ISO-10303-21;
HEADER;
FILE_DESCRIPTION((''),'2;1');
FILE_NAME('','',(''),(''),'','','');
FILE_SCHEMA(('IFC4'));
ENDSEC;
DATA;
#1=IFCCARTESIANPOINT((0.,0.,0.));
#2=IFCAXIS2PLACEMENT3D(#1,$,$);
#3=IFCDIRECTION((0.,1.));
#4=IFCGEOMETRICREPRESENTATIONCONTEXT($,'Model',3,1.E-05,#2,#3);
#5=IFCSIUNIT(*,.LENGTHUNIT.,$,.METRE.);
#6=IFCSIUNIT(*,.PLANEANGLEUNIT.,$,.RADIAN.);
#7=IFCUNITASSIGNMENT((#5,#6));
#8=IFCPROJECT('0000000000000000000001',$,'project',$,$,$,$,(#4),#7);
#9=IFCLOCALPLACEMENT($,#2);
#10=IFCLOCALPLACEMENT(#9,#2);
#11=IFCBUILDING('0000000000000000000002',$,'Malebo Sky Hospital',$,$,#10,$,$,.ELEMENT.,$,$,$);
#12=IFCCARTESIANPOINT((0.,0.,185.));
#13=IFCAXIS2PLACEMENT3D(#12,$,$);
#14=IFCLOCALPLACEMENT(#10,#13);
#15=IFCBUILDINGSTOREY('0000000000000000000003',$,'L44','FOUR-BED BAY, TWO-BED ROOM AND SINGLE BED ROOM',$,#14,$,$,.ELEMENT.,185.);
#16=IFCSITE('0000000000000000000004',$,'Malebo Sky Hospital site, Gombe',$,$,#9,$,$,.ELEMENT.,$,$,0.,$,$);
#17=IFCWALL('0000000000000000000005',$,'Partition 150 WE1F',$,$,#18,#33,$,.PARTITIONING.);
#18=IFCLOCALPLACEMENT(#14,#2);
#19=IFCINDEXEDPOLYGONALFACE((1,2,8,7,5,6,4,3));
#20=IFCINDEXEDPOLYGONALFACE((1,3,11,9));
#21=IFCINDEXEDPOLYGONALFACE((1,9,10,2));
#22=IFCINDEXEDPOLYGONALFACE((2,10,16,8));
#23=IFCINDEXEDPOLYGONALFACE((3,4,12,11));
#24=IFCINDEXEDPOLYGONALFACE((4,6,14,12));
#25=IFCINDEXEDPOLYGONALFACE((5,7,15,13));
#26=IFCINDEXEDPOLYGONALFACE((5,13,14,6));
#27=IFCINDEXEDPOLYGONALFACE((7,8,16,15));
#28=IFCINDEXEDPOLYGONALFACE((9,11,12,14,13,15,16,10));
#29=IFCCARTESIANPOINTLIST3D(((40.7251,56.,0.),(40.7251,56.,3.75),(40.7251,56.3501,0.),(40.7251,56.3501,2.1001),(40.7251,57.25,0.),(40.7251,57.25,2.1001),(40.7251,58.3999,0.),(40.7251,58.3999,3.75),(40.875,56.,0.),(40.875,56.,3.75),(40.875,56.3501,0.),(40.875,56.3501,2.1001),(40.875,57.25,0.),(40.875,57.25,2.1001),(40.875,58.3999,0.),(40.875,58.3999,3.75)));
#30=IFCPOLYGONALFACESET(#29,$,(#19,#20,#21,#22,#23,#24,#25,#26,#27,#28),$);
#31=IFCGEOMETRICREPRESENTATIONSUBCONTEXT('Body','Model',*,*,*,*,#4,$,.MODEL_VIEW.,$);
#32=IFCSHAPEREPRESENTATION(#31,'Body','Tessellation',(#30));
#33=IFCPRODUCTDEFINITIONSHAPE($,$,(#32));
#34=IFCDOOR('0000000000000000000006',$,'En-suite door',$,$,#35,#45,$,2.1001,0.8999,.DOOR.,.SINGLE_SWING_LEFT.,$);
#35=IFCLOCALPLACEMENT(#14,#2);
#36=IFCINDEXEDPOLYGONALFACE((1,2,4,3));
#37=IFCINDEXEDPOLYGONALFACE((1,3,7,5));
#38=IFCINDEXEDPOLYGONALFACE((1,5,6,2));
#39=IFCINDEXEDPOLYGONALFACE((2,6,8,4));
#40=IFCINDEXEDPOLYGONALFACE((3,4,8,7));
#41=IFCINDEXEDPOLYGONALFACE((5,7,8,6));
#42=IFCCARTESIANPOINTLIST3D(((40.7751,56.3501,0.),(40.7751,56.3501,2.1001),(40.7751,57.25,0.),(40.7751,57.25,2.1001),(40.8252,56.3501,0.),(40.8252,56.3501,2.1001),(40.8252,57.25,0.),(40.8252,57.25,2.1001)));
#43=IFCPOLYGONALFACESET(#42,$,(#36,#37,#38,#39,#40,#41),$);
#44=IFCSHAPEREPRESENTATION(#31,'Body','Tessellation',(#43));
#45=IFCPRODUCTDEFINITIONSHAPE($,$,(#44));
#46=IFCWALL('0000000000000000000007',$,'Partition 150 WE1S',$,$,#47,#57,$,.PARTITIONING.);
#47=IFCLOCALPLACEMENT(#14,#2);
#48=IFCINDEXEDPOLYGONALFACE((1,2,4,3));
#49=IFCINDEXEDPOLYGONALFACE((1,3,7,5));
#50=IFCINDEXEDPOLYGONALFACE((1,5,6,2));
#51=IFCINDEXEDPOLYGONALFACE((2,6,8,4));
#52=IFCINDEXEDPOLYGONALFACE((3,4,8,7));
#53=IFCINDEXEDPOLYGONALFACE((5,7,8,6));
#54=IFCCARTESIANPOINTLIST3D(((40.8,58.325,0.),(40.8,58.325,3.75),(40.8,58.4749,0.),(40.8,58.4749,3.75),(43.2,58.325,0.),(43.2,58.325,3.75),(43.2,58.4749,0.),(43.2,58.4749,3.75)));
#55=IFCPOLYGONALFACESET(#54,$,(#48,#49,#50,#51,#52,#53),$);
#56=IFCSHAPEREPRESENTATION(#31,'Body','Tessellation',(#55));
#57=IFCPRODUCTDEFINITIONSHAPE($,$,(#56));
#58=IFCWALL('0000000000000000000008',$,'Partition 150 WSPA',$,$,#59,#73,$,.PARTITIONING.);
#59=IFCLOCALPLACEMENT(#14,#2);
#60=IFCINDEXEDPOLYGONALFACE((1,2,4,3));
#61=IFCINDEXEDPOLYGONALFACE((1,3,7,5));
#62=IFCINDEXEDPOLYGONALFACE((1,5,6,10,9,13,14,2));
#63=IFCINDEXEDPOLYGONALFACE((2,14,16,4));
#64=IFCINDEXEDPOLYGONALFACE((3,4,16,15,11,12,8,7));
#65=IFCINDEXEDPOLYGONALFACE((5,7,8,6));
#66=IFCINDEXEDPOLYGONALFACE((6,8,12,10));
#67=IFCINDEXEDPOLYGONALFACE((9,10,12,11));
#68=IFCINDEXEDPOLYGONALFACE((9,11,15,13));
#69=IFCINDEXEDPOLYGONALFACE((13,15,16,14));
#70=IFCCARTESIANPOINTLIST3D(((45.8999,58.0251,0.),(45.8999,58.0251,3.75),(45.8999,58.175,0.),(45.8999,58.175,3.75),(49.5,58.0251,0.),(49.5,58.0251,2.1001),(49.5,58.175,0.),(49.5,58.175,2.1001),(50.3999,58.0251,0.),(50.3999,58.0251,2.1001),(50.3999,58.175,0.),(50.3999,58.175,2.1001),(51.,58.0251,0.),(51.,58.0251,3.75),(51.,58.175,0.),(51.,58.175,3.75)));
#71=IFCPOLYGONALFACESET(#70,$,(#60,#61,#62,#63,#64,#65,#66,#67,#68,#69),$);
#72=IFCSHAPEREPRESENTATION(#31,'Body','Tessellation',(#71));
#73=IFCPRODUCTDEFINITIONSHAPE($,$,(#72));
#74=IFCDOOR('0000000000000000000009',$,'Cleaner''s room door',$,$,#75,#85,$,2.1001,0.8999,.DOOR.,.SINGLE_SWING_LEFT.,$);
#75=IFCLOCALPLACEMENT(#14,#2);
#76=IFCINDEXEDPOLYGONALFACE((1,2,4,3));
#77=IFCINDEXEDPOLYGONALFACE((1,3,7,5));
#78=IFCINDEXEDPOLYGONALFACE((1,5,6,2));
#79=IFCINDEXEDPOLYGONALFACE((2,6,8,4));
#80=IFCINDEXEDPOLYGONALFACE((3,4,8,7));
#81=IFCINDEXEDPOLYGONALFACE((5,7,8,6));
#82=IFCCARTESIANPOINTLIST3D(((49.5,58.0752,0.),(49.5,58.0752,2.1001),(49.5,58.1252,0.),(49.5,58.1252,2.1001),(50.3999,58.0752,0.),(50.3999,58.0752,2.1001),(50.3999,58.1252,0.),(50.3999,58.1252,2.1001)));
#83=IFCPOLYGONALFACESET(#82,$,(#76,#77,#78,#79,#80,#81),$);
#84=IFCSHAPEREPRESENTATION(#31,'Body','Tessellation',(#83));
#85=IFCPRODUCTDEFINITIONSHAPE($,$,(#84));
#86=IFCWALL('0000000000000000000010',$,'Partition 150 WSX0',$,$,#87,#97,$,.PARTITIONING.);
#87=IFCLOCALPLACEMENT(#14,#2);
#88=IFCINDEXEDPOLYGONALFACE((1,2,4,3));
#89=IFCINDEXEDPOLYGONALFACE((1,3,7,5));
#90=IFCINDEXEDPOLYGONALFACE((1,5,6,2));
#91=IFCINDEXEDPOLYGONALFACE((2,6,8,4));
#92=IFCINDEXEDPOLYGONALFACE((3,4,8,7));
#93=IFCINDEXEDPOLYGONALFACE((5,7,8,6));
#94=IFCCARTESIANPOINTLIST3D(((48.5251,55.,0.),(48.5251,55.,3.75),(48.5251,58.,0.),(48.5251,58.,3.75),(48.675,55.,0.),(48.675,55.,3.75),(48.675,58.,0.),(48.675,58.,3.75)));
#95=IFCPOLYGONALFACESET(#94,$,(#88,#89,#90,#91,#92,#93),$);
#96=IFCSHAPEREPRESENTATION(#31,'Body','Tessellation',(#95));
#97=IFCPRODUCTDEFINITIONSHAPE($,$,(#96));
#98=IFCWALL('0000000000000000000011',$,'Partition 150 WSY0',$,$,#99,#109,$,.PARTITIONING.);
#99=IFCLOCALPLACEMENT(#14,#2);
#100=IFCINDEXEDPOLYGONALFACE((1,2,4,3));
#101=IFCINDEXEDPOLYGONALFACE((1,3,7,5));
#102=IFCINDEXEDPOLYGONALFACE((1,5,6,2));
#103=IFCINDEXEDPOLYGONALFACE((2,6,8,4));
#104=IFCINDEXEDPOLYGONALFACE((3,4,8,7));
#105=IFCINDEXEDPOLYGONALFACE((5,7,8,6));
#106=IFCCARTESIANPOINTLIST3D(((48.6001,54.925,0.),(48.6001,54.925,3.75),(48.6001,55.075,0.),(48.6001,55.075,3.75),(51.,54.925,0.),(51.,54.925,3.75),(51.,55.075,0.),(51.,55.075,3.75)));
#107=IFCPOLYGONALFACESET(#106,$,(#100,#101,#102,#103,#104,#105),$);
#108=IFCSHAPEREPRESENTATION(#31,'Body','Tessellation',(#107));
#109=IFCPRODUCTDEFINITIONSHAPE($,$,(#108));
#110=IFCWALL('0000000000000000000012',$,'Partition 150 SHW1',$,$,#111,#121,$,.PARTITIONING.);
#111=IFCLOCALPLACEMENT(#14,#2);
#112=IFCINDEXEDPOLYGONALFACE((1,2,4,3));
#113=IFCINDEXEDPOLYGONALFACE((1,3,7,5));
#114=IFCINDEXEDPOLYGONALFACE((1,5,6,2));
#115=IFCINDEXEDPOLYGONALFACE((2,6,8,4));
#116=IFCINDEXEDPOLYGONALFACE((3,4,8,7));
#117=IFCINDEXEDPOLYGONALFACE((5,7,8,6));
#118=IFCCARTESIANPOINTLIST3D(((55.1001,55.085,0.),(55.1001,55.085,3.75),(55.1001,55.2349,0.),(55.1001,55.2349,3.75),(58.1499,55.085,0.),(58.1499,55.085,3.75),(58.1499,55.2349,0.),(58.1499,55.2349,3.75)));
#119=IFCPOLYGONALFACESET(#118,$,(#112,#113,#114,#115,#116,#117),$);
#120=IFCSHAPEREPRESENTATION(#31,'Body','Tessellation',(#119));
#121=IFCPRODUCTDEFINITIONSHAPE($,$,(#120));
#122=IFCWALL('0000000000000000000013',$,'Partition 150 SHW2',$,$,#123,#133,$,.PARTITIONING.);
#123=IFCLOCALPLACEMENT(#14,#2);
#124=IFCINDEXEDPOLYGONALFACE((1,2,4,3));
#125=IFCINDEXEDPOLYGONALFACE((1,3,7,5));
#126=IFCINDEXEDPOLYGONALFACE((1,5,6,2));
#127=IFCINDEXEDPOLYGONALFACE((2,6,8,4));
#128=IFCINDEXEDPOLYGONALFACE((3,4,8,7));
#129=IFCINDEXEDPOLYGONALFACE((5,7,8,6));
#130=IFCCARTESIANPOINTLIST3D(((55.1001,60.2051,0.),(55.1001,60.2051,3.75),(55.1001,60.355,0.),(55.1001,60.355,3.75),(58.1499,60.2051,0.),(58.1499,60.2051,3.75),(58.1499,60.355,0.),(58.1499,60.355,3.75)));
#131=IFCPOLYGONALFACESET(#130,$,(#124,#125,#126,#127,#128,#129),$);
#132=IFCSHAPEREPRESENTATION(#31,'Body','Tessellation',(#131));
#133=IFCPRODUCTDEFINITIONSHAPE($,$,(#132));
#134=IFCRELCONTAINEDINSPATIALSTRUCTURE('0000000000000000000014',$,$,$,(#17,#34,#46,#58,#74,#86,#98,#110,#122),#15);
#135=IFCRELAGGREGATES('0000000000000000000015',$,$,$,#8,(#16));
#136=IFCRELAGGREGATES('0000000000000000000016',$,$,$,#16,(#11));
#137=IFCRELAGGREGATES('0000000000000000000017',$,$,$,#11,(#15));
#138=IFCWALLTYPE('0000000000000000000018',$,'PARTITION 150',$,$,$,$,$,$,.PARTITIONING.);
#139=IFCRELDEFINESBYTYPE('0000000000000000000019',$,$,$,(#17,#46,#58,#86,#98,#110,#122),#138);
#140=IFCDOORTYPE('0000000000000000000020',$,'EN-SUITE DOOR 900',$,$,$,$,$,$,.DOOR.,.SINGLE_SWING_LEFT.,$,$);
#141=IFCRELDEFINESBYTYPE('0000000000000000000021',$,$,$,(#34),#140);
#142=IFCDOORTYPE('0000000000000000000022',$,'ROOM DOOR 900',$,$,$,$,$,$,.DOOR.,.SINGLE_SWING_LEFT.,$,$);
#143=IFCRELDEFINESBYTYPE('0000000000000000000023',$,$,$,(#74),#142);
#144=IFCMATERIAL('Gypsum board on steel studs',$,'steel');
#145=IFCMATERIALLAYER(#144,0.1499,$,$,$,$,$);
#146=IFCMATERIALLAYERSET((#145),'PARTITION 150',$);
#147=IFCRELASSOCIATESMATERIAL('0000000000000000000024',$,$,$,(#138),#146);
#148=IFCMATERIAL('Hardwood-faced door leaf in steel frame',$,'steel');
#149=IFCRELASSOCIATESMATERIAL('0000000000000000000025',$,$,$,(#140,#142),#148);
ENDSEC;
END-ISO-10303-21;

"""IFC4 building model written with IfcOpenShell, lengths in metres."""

from ifc_helpers import new_model, si_unit, direction, frame, frame_2d, origin, place, context, subcontext, project, spatial, rectangle, extrude, material, layer, layer_set, type_object, element, fill, save


model = new_model("IFC4")

# Units and contexts
model_context = context("Model", 3, precision=1e-05, world=origin(), true_north=direction((0.0, 1.0)))
body_context = subcontext(model_context, "Body", "Model", "MODEL_VIEW")
ifc_project = project(units=[si_unit("LENGTHUNIT", "METRE"), si_unit("PLANEANGLEUNIT", "RADIAN")], contexts=[model_context])

# Site, building, storey
site_placement = place(None, origin())
site = spatial("IfcSite", under=ifc_project, at=site_placement, Name="Malebo Sky Hospital site, Gombe", CompositionType="ELEMENT", RefElevation=0.0)
building_placement = place(site_placement, origin())
building = spatial("IfcBuilding", under=site, at=building_placement, Name="Malebo Sky Hospital", CompositionType="ELEMENT")
storey_placement = place(building_placement, frame((0.0, 0.0, 185.0)))
storey = spatial("IfcBuildingStorey", under=building, at=storey_placement, Name="L44", Description="FOUR-BED BAY, TWO-BED ROOM AND SINGLE BED ROOM", CompositionType="ELEMENT", Elevation=185.0)

# Shared definitions
ifc_material_1 = material(Name="Gypsum board on steel studs", Category="steel")
ifc_layer_1 = layer(ifc_material_1, 0.1499)
ifc_layer_set_1 = layer_set([ifc_layer_1], Name="PARTITION 150")
wall_type_1 = type_object("IfcWallType", Name="PARTITION 150", PredefinedType="PARTITIONING", material=ifc_layer_set_1)

# Wall, opening, door
wall_1_placement = place(storey_placement, frame((40.8, 56.0, 0.0), z_axis=(0.0, 0.0, 1.0), x_axis=(0.0, 1.0, 0.0)))
wall_1 = element("IfcWall", 1, at=wall_1_placement, inside=storey, type_object=wall_type_1, Name="Partition 150 WE1F", PredefinedType="PARTITIONING", context=body_context, shape_type="SweptSolid", body=[
    extrude(rectangle(XDim=2.3999, YDim=0.1499, at=frame_2d((1.2, 0.0))), origin(), (0.0, 0.0, 1.0), 3.75),
])
opening_1_placement = place(wall_1_placement, frame((0.3501, 0.0, 0.0)))
opening_1 = element("IfcOpeningElement", 2, at=opening_1_placement, cuts=wall_1, PredefinedType="OPENING", context=body_context, shape_type="SweptSolid", body=[
    extrude(rectangle(XDim=0.8999, YDim=2.1001, at=frame_2d((0.45, 1.05))), frame((0.0, 0.085, 0.0), z_axis=(0.0, -1.0, 0.0), x_axis=(1.0, 0.0, 0.0)), (0.0, 0.0, 1.0), 0.1699),
])
ifc_material_2 = material(Name="Hardwood-faced door leaf in steel frame", Category="steel")
door_type_1 = type_object("IfcDoorType", Name="EN-SUITE DOOR 900", OperationType="SINGLE_SWING_LEFT", PredefinedType="DOOR", material=ifc_material_2)
door_1_placement = place(opening_1_placement, origin())
door_1 = element("IfcDoor", 3, at=door_1_placement, inside=storey, type_object=door_type_1, Name="En-suite door", OperationType="SINGLE_SWING_LEFT", OverallHeight=2.1001, OverallWidth=0.8999, PredefinedType="DOOR", context=body_context, shape_type="SweptSolid", body=[
    extrude(rectangle(XDim=0.8999, YDim=2.1001, at=frame_2d((0.45, 1.05))), frame((0.0, 0.0249, 0.0), z_axis=(0.0, -1.0, 0.0), x_axis=(1.0, 0.0, 0.0)), (0.0, 0.0, 1.0), 0.05),
])
fill(opening_1, door_1)

# Wall
wall_2_placement = place(storey_placement, frame((43.2, 58.3999, 0.0), z_axis=(0.0, 0.0, 1.0), x_axis=(-1.0, 0.0, 0.0)))
element("IfcWall", 4, at=wall_2_placement, inside=storey, type_object=wall_type_1, Name="Partition 150 WE1S", PredefinedType="PARTITIONING", context=body_context, shape_type="SweptSolid", body=[
    extrude(rectangle(XDim=2.3999, YDim=0.1499, at=frame_2d((1.2, 0.0))), origin(), (0.0, 0.0, 1.0), 3.75),
])

# Wall, opening, door
wall_3_placement = place(storey_placement, frame((51.0, 58.1001, 0.0), z_axis=(0.0, 0.0, 1.0), x_axis=(-1.0, 0.0, 0.0)))
wall_3 = element("IfcWall", 5, at=wall_3_placement, inside=storey, type_object=wall_type_1, Name="Partition 150 WSPA", PredefinedType="PARTITIONING", context=body_context, shape_type="SweptSolid", body=[
    extrude(rectangle(XDim=5.1001, YDim=0.1499, at=frame_2d((2.55, 0.0))), origin(), (0.0, 0.0, 1.0), 3.75),
])
opening_2_placement = place(wall_3_placement, frame((0.6001, 0.0, 0.0)))
opening_2 = element("IfcOpeningElement", 6, at=opening_2_placement, cuts=wall_3, PredefinedType="OPENING", context=body_context, shape_type="SweptSolid", body=[
    extrude(rectangle(XDim=0.8999, YDim=2.1001, at=frame_2d((0.45, 1.05))), frame((0.0, 0.085, 0.0), z_axis=(0.0, -1.0, 0.0), x_axis=(1.0, 0.0, 0.0)), (0.0, 0.0, 1.0), 0.1699),
])
door_type_2 = type_object("IfcDoorType", Name="ROOM DOOR 900", OperationType="SINGLE_SWING_LEFT", PredefinedType="DOOR", material=ifc_material_2)
door_2_placement = place(opening_2_placement, origin())
door_2 = element("IfcDoor", 7, at=door_2_placement, inside=storey, type_object=door_type_2, Name="Cleaner's room door", OperationType="SINGLE_SWING_LEFT", OverallHeight=2.1001, OverallWidth=0.8999, PredefinedType="DOOR", context=body_context, shape_type="SweptSolid", body=[
    extrude(rectangle(XDim=0.8999, YDim=2.1001, at=frame_2d((0.45, 1.05))), frame((0.0, 0.0249, 0.0), z_axis=(0.0, -1.0, 0.0), x_axis=(1.0, 0.0, 0.0)), (0.0, 0.0, 1.0), 0.05),
])
fill(opening_2, door_2)

# Walls
wall_4_placement = place(storey_placement, frame((48.6001, 55.0, 0.0), z_axis=(0.0, 0.0, 1.0), x_axis=(0.0, 1.0, 0.0)))
element("IfcWall", 8, at=wall_4_placement, inside=storey, type_object=wall_type_1, Name="Partition 150 WSX0", PredefinedType="PARTITIONING", context=body_context, shape_type="SweptSolid", body=[
    extrude(rectangle(XDim=3.0, YDim=0.1499, at=frame_2d((1.5, 0.0))), origin(), (0.0, 0.0, 1.0), 3.75),
])
wall_5_placement = place(storey_placement, frame((51.0, 55.0, 0.0), z_axis=(0.0, 0.0, 1.0), x_axis=(-1.0, 0.0, 0.0)))
element("IfcWall", 9, at=wall_5_placement, inside=storey, type_object=wall_type_1, Name="Partition 150 WSY0", PredefinedType="PARTITIONING", context=body_context, shape_type="SweptSolid", body=[
    extrude(rectangle(XDim=2.3999, YDim=0.1499, at=frame_2d((1.2, 0.0))), origin(), (0.0, 0.0, 1.0), 3.75),
])
for number, where, z_axis, x_axis, name in (
    (10, (55.1001, 55.1599, 0.0), (0.0, 0.0, 1.0), (1.0, 0.0, 0.0), "Partition 150 SHW1"),
    (11, (55.1001, 60.28, 0.0), (0.0, 0.0, 1.0), (1.0, 0.0, 0.0), "Partition 150 SHW2"),
):
    element("IfcWall", number, at=place(storey_placement, frame(where, z_axis=z_axis, x_axis=x_axis)), inside=storey, type_object=wall_type_1, Name=name, PredefinedType="PARTITIONING", context=body_context, shape_type="SweptSolid", body=[
        extrude(rectangle(XDim=3.0498, YDim=0.1499, at=frame_2d((1.5249, 0.0))), origin(), (0.0, 0.0, 1.0), 3.75),
    ])

save(model, "model.ifc")
